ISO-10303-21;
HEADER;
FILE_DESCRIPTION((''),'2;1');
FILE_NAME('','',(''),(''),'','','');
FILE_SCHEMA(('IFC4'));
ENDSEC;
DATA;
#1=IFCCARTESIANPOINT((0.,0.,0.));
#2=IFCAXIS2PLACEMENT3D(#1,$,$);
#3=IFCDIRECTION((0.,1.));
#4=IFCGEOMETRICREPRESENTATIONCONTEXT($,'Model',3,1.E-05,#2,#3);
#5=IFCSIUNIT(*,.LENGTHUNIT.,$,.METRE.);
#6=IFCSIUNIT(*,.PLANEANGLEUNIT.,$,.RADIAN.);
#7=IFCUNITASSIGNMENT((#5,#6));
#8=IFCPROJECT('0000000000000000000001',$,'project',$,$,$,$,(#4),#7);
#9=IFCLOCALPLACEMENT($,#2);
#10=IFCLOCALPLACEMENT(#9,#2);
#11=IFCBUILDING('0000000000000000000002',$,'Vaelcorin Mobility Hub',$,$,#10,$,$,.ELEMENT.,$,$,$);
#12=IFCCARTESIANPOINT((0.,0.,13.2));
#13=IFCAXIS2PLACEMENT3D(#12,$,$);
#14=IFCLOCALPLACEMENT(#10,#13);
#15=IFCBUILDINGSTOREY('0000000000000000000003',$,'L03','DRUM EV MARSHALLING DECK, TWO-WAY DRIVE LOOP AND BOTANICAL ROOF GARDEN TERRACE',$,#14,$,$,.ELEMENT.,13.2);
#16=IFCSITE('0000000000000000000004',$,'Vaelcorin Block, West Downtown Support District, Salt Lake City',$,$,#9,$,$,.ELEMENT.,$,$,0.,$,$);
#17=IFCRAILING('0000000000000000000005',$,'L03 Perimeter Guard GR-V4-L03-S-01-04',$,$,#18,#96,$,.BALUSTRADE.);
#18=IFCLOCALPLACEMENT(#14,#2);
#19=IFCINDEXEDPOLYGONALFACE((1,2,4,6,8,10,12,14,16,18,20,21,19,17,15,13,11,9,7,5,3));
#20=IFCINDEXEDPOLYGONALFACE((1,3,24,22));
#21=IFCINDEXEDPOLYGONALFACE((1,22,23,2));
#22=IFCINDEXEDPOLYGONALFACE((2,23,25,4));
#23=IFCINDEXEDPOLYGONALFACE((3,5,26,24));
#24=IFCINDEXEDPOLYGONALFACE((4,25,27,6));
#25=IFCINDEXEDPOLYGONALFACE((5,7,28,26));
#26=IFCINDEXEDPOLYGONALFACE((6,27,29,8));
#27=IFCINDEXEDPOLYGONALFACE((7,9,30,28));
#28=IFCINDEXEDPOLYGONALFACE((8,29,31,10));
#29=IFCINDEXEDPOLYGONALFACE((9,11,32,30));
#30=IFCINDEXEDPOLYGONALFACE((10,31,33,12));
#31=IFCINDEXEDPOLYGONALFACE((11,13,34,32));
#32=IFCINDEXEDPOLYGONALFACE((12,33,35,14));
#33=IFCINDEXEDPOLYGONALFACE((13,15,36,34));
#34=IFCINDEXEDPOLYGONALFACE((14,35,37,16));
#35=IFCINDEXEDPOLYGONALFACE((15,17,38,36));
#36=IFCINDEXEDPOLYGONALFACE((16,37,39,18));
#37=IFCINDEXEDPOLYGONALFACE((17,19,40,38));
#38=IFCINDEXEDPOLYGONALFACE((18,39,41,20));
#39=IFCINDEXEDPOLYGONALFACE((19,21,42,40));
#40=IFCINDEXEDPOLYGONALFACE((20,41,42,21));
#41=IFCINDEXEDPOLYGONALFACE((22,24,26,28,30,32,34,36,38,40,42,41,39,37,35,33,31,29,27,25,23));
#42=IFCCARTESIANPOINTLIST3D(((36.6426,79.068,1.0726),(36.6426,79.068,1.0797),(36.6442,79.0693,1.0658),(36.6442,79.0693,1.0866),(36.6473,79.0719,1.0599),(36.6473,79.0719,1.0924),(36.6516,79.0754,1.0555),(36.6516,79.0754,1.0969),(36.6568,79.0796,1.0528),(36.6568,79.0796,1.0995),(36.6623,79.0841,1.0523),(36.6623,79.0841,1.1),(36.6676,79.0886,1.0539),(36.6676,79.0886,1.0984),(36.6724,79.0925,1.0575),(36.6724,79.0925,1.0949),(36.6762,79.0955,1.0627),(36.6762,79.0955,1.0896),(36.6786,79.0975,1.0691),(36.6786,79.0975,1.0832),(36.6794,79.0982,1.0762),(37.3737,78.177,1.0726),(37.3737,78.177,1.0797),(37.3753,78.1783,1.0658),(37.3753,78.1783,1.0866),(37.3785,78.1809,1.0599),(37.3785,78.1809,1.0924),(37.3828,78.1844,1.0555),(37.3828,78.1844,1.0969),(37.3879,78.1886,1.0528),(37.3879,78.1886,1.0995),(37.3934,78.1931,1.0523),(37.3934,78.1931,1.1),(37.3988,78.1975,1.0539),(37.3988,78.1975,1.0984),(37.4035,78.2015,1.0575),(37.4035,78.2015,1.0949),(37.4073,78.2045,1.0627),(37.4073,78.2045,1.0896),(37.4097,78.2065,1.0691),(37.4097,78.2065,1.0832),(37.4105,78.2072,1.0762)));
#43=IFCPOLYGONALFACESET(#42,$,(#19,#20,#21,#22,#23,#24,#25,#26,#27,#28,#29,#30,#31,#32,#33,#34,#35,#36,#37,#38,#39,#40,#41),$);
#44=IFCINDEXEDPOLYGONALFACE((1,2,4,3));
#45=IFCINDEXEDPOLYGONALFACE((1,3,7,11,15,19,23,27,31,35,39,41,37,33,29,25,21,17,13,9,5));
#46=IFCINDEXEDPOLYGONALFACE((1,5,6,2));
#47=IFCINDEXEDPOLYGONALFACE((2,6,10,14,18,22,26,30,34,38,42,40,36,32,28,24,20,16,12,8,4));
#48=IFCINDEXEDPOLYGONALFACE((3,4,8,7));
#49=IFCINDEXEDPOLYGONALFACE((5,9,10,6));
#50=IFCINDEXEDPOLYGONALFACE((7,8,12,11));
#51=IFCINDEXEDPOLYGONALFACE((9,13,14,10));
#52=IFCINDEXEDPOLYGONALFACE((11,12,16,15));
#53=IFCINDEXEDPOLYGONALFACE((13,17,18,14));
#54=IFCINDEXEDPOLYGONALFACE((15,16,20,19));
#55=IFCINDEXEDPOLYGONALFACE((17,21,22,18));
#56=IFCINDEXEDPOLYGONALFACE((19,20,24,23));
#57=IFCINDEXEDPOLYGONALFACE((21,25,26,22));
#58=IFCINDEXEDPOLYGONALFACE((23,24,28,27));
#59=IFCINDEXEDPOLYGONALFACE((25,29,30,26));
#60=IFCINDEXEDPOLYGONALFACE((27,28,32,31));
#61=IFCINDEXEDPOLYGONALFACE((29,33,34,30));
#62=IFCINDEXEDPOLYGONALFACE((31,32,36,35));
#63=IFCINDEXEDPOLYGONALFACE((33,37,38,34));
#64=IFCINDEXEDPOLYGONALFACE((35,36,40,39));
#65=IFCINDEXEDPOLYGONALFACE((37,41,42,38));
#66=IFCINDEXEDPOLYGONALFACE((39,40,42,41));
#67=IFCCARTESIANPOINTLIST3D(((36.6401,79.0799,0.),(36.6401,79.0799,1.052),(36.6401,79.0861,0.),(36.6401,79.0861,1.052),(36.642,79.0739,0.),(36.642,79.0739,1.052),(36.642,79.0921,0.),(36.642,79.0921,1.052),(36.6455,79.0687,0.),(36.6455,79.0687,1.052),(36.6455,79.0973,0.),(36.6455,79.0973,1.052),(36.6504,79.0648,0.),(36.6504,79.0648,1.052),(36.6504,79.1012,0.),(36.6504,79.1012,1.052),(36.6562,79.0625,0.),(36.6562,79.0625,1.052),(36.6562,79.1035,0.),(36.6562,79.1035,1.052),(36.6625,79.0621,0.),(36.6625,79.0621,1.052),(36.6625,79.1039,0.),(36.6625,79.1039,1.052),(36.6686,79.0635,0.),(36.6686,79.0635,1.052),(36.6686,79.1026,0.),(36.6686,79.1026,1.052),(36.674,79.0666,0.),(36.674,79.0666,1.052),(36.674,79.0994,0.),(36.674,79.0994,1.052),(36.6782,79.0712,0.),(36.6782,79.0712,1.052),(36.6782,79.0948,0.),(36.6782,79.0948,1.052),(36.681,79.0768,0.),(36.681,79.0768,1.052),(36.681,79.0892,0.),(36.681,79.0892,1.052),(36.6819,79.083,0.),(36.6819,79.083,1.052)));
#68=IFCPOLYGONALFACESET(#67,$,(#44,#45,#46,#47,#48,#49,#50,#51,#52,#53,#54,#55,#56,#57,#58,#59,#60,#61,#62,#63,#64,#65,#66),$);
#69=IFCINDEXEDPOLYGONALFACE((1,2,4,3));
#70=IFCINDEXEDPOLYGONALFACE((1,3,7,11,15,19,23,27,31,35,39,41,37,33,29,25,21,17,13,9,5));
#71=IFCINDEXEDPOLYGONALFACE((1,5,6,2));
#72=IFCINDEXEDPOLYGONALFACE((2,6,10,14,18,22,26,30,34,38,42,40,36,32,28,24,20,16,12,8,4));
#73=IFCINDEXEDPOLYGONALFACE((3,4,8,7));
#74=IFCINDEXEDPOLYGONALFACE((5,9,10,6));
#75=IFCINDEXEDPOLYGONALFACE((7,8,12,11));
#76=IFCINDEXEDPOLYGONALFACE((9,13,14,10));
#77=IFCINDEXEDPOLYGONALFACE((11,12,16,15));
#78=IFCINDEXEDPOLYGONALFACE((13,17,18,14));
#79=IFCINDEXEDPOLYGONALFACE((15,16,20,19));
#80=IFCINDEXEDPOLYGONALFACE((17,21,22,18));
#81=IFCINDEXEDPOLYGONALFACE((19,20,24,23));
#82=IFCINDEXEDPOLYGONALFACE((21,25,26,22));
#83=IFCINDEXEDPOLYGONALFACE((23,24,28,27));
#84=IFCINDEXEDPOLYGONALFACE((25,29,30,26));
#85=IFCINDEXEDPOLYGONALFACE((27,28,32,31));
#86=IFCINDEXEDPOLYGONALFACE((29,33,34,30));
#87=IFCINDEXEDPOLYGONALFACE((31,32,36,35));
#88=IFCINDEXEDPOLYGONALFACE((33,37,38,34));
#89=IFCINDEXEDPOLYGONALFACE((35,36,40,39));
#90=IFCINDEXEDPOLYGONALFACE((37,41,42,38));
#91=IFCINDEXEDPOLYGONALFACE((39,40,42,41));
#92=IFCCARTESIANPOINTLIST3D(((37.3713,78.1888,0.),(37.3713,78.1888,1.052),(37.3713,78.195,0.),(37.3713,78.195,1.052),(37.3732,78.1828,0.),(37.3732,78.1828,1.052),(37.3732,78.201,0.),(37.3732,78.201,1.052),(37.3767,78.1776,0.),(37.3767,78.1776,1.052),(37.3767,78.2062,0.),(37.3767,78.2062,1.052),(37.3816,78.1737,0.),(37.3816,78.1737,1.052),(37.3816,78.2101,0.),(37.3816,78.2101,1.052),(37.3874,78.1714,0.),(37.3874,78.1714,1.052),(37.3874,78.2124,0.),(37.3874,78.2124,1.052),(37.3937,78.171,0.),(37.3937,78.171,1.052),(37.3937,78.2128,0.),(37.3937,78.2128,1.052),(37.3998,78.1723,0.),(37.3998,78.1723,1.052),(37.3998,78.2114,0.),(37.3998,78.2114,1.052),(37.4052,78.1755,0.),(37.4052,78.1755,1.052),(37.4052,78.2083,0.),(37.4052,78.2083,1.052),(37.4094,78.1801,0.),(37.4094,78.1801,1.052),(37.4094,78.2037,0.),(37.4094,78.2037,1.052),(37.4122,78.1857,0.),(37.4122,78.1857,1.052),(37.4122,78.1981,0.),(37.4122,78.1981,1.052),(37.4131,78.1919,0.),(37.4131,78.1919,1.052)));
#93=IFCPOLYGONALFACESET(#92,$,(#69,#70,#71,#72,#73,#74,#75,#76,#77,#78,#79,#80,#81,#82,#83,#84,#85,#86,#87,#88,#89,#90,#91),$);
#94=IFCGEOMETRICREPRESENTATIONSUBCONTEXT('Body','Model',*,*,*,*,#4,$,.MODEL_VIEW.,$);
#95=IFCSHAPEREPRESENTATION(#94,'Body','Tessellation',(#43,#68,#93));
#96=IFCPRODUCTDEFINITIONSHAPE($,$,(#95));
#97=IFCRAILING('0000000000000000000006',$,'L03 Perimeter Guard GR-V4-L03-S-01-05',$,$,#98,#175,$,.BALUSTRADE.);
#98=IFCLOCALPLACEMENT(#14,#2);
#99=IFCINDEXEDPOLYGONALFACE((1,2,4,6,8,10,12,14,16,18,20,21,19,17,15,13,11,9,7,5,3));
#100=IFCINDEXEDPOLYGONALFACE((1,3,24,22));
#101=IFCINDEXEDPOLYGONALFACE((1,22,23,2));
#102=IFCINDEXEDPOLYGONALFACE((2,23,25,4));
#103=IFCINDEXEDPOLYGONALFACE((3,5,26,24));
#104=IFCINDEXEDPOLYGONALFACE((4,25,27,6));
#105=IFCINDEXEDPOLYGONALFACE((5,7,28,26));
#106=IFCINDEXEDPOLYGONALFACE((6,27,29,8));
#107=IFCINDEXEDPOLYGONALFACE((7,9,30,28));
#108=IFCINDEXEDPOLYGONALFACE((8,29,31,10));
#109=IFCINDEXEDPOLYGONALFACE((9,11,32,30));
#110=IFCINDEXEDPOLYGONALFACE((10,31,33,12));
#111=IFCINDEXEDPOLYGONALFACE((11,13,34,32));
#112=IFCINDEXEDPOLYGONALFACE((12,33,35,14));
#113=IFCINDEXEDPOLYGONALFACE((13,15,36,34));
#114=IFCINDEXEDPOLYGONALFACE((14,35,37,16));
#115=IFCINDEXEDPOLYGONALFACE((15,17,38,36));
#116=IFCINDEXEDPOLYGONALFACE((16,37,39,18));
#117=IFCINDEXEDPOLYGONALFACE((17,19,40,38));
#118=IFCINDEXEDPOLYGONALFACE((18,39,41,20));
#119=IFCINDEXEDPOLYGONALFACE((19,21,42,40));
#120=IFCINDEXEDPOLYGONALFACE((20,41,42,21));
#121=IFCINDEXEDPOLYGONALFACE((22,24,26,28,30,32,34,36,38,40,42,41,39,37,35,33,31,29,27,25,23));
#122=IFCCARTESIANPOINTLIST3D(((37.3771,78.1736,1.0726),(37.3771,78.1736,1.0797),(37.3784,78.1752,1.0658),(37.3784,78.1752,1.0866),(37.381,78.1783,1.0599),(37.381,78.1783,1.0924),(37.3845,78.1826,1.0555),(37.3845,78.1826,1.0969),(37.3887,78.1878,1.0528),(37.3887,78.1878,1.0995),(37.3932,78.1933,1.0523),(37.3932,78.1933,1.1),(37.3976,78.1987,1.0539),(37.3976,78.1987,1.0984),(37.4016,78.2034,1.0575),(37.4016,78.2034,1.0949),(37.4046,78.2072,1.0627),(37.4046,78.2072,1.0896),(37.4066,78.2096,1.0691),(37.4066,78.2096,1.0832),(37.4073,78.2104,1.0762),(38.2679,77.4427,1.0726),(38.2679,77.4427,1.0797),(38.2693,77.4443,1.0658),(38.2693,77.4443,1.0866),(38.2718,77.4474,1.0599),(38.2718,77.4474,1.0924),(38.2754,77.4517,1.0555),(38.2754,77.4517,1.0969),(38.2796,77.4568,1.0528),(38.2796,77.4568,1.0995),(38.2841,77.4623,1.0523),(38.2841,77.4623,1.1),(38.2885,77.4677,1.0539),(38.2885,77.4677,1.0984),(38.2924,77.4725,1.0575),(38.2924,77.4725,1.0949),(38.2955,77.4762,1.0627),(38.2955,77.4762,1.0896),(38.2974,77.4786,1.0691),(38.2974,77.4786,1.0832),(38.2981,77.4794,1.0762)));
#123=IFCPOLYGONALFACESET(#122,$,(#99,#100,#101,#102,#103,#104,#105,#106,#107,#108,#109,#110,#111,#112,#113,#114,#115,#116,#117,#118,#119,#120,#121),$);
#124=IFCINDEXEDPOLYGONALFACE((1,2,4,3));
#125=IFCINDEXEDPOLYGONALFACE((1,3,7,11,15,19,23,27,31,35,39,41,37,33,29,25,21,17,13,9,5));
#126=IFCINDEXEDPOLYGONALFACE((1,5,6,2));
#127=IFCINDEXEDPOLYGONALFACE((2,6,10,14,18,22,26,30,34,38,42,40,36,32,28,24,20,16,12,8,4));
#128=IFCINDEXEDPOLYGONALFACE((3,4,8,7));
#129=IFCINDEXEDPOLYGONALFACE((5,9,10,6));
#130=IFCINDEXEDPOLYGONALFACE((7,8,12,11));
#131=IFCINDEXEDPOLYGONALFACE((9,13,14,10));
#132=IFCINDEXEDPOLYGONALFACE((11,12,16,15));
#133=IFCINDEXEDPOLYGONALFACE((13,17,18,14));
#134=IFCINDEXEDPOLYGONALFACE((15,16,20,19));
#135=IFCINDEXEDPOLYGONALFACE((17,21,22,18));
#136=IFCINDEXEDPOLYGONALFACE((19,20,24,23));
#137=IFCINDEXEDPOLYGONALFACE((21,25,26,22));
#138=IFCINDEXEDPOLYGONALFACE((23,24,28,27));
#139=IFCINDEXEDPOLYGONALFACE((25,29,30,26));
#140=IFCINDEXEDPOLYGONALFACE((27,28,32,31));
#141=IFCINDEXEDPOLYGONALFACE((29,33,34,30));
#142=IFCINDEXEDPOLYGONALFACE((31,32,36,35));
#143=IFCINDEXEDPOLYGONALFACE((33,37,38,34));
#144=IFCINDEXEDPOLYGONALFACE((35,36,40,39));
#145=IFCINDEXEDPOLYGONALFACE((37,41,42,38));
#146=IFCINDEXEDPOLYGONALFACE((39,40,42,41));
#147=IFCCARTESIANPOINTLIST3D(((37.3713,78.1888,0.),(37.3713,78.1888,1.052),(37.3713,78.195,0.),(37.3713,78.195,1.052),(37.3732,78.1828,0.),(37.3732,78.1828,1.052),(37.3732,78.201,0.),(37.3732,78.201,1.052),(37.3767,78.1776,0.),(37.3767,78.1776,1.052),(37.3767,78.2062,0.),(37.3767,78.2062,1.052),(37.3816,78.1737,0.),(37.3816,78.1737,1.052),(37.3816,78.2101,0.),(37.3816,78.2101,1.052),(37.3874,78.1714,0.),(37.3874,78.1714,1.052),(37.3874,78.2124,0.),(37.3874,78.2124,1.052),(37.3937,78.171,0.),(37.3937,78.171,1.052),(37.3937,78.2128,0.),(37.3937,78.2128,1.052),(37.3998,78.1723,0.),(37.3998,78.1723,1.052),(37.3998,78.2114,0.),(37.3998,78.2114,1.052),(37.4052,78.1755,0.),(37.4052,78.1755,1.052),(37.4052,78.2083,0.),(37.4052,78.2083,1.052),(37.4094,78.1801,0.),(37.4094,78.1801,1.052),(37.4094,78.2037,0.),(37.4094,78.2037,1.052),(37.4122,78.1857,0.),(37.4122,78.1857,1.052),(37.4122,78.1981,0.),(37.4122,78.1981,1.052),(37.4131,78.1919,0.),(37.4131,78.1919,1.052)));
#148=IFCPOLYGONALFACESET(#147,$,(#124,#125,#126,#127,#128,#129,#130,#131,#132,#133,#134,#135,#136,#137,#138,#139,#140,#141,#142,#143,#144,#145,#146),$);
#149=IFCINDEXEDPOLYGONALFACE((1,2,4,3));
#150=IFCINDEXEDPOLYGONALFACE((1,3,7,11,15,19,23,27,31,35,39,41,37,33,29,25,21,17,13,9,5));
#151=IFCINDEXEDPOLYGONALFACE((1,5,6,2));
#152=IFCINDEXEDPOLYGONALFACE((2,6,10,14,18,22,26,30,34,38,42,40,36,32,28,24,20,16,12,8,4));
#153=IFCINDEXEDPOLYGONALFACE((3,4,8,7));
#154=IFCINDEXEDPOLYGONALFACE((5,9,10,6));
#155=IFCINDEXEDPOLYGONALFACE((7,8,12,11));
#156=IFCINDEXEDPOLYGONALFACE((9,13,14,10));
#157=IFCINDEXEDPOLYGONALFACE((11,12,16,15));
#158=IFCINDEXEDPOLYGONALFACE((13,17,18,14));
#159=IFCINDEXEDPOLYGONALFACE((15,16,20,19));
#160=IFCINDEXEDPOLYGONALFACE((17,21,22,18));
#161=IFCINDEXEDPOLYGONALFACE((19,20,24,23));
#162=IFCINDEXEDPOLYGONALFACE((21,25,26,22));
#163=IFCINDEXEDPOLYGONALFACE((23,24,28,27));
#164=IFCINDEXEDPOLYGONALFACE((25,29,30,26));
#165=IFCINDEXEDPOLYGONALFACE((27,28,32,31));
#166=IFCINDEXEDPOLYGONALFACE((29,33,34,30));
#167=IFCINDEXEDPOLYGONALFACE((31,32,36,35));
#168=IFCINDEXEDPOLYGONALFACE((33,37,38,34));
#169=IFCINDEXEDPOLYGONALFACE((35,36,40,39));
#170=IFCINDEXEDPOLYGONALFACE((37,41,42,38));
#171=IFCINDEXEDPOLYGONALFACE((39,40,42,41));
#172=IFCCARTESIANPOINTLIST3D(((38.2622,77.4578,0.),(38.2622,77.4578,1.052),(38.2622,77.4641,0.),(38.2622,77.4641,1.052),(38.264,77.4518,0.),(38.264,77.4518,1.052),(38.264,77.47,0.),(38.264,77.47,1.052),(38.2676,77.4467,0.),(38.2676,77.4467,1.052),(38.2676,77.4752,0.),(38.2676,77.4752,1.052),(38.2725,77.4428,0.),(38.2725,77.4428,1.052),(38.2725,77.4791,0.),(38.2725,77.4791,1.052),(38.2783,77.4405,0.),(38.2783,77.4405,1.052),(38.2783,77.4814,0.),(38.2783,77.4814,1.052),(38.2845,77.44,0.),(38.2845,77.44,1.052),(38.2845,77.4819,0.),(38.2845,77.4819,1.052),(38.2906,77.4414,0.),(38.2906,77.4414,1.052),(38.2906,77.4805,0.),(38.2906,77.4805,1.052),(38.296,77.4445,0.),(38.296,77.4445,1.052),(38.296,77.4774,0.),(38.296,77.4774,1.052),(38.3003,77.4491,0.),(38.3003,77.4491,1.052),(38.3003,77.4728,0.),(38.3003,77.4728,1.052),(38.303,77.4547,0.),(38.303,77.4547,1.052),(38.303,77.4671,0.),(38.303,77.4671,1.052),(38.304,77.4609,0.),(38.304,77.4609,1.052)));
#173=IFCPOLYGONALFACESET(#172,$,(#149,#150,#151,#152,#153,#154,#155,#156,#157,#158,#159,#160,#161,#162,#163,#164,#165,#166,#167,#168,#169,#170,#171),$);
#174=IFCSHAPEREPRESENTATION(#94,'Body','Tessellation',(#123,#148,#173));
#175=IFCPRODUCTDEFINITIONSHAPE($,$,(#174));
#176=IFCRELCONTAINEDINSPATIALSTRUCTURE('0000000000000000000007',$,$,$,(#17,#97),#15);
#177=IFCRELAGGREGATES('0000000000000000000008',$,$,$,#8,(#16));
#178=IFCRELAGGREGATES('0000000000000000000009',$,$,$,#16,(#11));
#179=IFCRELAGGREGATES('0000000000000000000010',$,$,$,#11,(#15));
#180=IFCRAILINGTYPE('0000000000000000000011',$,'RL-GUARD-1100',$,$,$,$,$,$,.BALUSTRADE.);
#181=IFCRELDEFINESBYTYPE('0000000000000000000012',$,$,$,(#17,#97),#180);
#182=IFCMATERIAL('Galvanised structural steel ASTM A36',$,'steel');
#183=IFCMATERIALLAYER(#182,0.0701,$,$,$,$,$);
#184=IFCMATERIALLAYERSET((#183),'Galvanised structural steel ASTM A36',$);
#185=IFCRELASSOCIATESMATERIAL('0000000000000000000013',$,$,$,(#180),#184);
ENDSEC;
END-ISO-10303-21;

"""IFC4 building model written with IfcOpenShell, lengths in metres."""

from ifc_helpers import new_model, si_unit, direction, frame, origin, origin_2d, place, context, subcontext, project, spatial, circle, extrude, material, layer, layer_set, type_object, element, save


model = new_model("IFC4")

# Units and contexts
model_context = context("Model", 3, precision=1e-05, world=origin(), true_north=direction((0.0, 1.0)))
body_context = subcontext(model_context, "Body", "Model", "MODEL_VIEW")
ifc_project = project(units=[si_unit("LENGTHUNIT", "METRE"), si_unit("PLANEANGLEUNIT", "RADIAN")], contexts=[model_context])

# Site, building, storey
site_placement = place(None, origin())
site = spatial("IfcSite", under=ifc_project, at=site_placement, Name="Vaelcorin Block, West Downtown Support District, Salt Lake City", CompositionType="ELEMENT", RefElevation=0.0)
building_placement = place(site_placement, origin())
building = spatial("IfcBuilding", under=site, at=building_placement, Name="Vaelcorin Mobility Hub", CompositionType="ELEMENT")
storey_placement = place(building_placement, frame((0.0, 0.0, 13.2)))
storey = spatial("IfcBuildingStorey", under=building, at=storey_placement, Name="L03", Description="DRUM EV MARSHALLING DECK, TWO-WAY DRIVE LOOP AND BOTANICAL ROOF GARDEN TERRACE", CompositionType="ELEMENT", Elevation=13.2)

# Railings
ifc_material_1 = material(Name="Galvanised structural steel ASTM A36", Category="steel")
ifc_layer_1 = layer(ifc_material_1, 0.0701)
ifc_layer_set_1 = layer_set([ifc_layer_1], Name="Galvanised structural steel ASTM A36")
railing_type = type_object("IfcRailingType", Name="RL-GUARD-1100", PredefinedType="BALUSTRADE", material=ifc_layer_set_1)
railing_1_placement = place(storey_placement, frame((36.6609, 79.083, 0.0)))
element("IfcRailing", 1, at=railing_1_placement, inside=storey, type_object=railing_type, Name="L03 Perimeter Guard GR-V4-L03-S-01-04", PredefinedType="BALUSTRADE", context=body_context, shape_type="SweptSolid", body=[
    extrude(circle(Radius=0.0239, at=origin_2d()), frame((0.0, 0.0, 1.0762), z_axis=(0.634333, -0.77306, 0.0), x_axis=(0.77306, 0.634333, 0.0)), (0.0, 0.0, 1.0), 1.1526),
    extrude(circle(Radius=0.021, at=origin_2d()), origin(), (0.0, 0.0, 1.0), 1.052),
    extrude(circle(Radius=0.021, at=origin_2d()), frame((0.7312, -0.8911, 0.0)), (0.0, 0.0, 1.0), 1.052),
])
railing_2_placement = place(storey_placement, frame((37.3921, 78.1919, 0.0)))
element("IfcRailing", 2, at=railing_2_placement, inside=storey, type_object=railing_type, Name="L03 Perimeter Guard GR-V4-L03-S-01-05", PredefinedType="BALUSTRADE", context=body_context, shape_type="SweptSolid", body=[
    extrude(circle(Radius=0.0239, at=origin_2d()), frame((0.0, 0.0, 1.0762), z_axis=(0.773079, -0.63431, 0.0), x_axis=(0.63431, 0.773079, 0.0)), (0.0, 0.0, 1.0), 1.1523),
    extrude(circle(Radius=0.021, at=origin_2d()), origin(), (0.0, 0.0, 1.0), 1.052),
    extrude(circle(Radius=0.021, at=origin_2d()), frame((0.8909, -0.731, 0.0)), (0.0, 0.0, 1.0), 1.052),
])

save(model, "model.ifc")
